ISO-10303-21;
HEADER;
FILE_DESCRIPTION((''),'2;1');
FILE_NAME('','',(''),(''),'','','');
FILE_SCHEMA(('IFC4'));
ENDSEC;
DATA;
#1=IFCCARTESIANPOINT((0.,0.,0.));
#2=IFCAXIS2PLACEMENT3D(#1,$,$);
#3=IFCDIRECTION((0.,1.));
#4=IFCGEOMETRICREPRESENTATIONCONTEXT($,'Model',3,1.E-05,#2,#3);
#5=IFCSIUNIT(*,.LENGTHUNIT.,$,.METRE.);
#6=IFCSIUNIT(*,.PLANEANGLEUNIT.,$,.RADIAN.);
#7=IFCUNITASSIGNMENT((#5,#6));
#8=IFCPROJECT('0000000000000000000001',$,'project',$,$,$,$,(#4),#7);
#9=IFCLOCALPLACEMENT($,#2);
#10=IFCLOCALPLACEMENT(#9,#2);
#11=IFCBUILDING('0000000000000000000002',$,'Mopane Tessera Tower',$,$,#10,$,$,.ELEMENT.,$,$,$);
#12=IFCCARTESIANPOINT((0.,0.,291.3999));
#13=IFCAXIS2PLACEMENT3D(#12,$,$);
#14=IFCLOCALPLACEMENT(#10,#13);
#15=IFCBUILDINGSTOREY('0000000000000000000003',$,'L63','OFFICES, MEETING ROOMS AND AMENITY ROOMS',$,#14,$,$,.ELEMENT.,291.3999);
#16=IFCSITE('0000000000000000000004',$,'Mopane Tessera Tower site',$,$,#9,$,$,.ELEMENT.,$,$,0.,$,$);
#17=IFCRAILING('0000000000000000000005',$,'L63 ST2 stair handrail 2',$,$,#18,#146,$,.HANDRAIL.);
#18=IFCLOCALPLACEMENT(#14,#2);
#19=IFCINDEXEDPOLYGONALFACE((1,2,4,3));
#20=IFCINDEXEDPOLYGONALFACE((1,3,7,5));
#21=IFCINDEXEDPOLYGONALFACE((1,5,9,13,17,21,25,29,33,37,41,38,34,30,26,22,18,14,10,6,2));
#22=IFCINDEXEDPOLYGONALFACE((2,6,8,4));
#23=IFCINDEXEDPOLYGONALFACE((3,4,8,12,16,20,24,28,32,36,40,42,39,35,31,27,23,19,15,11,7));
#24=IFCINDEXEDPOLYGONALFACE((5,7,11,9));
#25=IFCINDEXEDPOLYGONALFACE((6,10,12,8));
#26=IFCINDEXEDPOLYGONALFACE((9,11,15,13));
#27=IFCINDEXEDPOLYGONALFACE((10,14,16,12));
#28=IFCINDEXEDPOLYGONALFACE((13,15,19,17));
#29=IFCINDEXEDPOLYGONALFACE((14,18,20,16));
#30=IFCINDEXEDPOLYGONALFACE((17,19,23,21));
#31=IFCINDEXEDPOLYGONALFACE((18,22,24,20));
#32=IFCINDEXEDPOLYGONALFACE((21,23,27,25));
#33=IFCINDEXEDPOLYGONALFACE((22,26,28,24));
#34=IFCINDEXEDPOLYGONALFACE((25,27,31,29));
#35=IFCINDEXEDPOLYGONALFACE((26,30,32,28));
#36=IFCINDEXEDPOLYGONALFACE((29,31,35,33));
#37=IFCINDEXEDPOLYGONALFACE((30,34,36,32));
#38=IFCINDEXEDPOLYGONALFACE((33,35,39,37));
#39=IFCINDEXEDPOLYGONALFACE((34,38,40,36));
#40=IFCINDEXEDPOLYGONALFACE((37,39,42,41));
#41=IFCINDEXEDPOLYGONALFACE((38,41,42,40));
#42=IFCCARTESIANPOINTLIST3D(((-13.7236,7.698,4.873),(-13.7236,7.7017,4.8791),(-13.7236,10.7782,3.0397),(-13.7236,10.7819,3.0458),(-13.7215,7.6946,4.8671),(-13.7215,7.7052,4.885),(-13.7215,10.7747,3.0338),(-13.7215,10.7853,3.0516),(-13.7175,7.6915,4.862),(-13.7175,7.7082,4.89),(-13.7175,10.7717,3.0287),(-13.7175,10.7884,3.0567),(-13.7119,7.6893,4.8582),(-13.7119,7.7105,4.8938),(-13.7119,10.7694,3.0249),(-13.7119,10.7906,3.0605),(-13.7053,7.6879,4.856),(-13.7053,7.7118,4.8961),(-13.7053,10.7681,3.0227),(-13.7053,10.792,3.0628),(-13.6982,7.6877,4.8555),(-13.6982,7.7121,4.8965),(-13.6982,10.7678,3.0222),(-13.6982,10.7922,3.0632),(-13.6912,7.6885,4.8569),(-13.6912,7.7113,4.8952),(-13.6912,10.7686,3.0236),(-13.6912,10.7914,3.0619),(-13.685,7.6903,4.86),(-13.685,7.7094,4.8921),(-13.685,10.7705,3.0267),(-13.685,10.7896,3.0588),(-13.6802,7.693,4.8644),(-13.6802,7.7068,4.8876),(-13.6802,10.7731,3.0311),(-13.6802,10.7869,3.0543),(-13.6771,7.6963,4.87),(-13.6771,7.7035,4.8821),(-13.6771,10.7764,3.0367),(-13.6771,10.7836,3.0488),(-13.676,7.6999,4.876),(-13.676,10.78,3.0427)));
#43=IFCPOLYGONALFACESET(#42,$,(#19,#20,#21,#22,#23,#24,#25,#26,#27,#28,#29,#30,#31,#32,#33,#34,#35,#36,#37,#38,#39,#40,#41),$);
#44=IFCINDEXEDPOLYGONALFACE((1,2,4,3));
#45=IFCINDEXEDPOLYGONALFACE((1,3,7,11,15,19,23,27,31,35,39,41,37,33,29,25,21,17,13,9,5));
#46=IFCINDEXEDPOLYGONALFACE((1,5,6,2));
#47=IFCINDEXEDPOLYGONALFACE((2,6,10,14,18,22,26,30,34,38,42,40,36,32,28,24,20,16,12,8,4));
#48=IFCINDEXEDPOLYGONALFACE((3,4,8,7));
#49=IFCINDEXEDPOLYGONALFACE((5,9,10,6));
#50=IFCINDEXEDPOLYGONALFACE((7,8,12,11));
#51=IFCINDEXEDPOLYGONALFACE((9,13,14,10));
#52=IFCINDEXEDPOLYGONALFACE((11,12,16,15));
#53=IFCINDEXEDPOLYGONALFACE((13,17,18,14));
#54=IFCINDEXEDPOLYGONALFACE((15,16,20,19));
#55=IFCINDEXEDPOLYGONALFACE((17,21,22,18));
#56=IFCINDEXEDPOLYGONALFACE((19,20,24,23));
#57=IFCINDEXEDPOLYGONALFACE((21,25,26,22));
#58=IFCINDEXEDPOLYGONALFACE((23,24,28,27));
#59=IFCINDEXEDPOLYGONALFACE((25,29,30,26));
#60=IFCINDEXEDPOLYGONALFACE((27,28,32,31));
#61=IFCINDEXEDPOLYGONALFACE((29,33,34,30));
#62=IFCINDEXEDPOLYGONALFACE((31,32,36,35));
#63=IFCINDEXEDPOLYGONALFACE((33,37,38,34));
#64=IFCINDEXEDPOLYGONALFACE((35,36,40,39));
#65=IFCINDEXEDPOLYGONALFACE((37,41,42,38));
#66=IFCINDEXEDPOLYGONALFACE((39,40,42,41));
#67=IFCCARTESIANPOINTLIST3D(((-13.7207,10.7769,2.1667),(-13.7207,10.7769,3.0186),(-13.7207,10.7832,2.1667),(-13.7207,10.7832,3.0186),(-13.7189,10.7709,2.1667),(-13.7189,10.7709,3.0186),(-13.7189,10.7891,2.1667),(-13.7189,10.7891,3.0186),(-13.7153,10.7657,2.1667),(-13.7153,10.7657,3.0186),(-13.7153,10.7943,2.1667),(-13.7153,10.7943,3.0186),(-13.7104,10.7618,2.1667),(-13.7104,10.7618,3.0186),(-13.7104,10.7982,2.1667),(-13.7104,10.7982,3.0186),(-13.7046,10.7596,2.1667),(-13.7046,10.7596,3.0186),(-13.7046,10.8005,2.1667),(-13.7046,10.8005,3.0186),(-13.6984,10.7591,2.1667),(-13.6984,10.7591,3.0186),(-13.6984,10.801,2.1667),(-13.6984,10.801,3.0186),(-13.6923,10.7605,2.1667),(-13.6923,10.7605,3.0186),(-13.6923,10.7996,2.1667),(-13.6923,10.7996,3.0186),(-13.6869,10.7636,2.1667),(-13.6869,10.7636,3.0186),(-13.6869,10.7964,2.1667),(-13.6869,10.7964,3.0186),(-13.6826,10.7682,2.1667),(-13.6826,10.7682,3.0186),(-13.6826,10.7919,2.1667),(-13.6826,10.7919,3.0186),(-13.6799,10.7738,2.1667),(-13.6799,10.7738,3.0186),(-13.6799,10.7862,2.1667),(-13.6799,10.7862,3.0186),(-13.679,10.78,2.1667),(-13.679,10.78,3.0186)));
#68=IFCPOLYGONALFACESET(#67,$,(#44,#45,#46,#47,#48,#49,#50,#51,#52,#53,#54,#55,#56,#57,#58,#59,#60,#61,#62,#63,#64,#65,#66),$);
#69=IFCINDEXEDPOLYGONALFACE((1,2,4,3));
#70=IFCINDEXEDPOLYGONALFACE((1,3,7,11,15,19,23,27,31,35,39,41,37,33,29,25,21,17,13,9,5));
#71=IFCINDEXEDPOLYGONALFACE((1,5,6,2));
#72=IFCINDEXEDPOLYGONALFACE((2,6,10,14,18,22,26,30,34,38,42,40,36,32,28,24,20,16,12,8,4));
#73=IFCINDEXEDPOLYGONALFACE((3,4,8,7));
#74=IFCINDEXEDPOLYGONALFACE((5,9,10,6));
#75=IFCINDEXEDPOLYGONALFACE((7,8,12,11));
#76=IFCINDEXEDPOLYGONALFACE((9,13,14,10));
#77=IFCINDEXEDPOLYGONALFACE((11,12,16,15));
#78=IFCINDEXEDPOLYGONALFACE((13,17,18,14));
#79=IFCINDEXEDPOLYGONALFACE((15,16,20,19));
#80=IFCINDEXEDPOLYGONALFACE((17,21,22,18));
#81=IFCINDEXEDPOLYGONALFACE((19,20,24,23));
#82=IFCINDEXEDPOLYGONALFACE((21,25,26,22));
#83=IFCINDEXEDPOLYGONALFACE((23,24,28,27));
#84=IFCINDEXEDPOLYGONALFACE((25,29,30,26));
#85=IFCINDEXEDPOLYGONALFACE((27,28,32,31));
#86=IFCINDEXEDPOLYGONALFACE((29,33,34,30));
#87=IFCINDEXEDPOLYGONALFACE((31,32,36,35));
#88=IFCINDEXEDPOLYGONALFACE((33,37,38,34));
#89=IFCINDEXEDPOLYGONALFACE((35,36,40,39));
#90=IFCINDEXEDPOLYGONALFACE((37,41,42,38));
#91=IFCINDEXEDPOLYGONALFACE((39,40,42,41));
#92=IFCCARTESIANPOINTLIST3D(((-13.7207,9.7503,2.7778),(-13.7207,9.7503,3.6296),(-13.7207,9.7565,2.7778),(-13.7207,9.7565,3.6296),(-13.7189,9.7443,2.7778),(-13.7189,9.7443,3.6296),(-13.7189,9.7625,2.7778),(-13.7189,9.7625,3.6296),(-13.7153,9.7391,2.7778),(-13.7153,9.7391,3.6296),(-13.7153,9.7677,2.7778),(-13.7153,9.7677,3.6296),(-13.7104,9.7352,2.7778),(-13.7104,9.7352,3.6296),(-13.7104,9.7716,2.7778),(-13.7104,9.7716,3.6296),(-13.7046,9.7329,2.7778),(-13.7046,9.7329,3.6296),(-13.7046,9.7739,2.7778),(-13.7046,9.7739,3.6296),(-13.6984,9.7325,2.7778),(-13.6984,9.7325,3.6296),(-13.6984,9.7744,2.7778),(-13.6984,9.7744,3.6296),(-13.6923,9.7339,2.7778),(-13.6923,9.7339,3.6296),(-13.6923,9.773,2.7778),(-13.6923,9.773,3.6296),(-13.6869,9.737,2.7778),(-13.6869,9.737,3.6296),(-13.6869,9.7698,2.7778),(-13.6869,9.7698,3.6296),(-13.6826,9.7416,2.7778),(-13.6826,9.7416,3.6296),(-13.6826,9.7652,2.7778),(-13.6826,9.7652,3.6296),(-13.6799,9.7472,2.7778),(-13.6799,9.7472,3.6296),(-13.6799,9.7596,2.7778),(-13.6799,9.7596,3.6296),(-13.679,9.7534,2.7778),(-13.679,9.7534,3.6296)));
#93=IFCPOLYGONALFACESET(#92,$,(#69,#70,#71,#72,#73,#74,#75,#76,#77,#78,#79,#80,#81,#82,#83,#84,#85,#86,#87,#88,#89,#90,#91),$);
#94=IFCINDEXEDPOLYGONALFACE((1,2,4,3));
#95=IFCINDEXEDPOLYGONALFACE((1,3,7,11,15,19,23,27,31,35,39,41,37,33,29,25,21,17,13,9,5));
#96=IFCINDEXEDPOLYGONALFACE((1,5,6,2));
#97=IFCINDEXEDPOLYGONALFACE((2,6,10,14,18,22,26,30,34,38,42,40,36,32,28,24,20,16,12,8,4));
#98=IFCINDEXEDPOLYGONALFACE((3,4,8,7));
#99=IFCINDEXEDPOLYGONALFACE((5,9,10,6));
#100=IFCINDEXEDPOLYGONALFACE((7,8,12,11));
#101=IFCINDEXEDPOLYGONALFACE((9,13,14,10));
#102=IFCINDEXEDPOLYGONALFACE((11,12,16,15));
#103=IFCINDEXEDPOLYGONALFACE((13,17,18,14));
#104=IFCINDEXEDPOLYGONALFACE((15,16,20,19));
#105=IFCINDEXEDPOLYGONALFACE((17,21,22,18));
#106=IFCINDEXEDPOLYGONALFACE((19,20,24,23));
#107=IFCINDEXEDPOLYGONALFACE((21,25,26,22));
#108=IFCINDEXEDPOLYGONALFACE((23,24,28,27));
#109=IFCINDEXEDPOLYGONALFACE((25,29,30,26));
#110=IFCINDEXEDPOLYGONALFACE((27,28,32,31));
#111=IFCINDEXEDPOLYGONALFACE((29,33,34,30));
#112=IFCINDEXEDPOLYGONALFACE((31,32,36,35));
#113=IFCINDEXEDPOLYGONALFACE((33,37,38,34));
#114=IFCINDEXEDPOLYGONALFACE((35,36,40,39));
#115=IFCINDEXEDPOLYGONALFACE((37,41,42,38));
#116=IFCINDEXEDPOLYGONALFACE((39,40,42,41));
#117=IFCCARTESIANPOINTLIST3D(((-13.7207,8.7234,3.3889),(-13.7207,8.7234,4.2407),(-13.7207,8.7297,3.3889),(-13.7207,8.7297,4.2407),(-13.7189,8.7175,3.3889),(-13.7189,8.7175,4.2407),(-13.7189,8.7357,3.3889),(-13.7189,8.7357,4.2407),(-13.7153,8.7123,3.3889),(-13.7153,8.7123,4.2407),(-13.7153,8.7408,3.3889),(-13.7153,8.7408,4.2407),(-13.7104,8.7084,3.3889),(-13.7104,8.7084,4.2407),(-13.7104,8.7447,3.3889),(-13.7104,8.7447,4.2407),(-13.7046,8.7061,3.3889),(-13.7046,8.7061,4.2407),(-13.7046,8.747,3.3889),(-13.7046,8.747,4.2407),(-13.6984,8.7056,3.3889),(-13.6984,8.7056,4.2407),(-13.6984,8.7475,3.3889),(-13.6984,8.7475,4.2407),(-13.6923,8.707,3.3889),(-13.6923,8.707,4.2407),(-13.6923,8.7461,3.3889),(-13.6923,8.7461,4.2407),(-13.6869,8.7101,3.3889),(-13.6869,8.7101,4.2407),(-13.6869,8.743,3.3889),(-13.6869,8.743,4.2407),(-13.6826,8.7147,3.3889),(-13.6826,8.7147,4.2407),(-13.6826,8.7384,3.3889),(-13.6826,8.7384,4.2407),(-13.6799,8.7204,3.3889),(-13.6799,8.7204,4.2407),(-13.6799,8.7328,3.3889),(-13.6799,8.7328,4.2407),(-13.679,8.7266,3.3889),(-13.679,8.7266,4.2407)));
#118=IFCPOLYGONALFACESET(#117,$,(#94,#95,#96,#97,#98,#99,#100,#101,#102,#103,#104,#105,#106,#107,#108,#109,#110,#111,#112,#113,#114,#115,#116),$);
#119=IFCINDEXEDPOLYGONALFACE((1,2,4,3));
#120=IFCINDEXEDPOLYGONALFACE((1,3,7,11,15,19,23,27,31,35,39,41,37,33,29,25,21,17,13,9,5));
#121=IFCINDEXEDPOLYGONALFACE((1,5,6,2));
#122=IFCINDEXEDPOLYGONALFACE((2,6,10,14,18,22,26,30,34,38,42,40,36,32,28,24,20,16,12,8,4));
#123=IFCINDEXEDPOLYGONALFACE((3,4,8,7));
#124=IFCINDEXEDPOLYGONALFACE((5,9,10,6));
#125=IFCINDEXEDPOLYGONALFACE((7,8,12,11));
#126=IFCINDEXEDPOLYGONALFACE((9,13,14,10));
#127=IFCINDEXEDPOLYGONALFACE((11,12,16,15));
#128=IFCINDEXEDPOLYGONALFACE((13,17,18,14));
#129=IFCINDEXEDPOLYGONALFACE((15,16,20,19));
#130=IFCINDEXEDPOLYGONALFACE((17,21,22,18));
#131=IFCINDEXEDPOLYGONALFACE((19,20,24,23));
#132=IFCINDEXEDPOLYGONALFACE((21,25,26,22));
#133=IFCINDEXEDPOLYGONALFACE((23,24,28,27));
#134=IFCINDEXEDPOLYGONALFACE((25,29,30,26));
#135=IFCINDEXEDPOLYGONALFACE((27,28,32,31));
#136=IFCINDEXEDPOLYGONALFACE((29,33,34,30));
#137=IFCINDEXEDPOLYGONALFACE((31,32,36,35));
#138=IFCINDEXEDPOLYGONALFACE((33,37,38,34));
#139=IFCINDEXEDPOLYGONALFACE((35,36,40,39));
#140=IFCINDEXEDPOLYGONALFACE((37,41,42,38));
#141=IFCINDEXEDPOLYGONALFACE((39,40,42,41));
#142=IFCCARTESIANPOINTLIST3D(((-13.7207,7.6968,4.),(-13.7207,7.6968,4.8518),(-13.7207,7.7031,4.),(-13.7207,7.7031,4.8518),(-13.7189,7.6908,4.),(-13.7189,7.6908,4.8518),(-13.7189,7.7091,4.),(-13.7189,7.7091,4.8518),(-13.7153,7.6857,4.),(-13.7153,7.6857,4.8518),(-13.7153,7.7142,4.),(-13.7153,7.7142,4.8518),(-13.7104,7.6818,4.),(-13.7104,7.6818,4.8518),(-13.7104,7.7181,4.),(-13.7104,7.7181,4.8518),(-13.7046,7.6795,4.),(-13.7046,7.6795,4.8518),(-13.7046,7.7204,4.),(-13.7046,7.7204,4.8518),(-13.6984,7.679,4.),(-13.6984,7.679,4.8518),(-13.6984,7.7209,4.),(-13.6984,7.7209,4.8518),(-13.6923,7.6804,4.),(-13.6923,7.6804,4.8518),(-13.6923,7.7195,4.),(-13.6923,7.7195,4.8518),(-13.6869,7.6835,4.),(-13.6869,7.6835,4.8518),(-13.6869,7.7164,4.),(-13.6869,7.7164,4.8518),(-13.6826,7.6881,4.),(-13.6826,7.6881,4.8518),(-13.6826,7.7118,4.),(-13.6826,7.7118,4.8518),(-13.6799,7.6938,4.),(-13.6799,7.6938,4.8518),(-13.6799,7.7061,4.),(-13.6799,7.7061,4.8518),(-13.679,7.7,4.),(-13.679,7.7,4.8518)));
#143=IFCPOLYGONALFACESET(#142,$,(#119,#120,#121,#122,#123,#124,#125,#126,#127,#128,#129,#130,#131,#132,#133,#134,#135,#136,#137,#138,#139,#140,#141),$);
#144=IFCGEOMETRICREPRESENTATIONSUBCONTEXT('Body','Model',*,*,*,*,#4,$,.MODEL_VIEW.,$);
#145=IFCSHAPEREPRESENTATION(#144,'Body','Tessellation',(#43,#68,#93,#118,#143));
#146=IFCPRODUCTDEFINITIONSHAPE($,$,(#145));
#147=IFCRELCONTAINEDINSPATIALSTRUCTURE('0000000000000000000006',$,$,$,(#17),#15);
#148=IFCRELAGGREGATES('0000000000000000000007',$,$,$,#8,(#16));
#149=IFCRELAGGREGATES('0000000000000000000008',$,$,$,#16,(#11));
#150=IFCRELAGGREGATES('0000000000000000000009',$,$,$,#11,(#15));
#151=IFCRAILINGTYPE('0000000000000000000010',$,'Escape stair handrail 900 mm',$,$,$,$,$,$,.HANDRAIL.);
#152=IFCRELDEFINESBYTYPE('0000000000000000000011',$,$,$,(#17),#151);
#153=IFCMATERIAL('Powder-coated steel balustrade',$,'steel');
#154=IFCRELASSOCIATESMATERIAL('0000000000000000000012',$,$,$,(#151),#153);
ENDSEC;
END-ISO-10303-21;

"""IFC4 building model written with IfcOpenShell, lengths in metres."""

from ifc_helpers import new_model, si_unit, direction, frame, origin, origin_2d, place, context, subcontext, project, spatial, circle, extrude, material, type_object, element, save


model = new_model("IFC4")

# Units and contexts
model_context = context("Model", 3, precision=1e-05, world=origin(), true_north=direction((0.0, 1.0)))
body_context = subcontext(model_context, "Body", "Model", "MODEL_VIEW")
ifc_project = project(units=[si_unit("LENGTHUNIT", "METRE"), si_unit("PLANEANGLEUNIT", "RADIAN")], contexts=[model_context])

# Site, building, storey
site_placement = place(None, origin())
site = spatial("IfcSite", under=ifc_project, at=site_placement, Name="Mopane Tessera Tower site", CompositionType="ELEMENT", RefElevation=0.0)
building_placement = place(site_placement, origin())
building = spatial("IfcBuilding", under=site, at=building_placement, Name="Mopane Tessera Tower", CompositionType="ELEMENT")
storey_placement = place(building_placement, frame((0.0, 0.0, 291.3999)))
storey = spatial("IfcBuildingStorey", under=building, at=storey_placement, Name="L63", Description="OFFICES, MEETING ROOMS AND AMENITY ROOMS", CompositionType="ELEMENT", Elevation=291.3999)

# Railing
ifc_material_1 = material(Name="Powder-coated steel balustrade", Category="steel")
railing_type_1 = type_object("IfcRailingType", Name="Escape stair handrail 900 mm", PredefinedType="HANDRAIL", material=ifc_material_1)
railing_1_placement = place(storey_placement, frame((-13.7, 10.78, 2.1667)))
element("IfcRailing", 1, at=railing_1_placement, inside=storey, type_object=railing_type_1, Name="L63 ST2 stair handrail 2", PredefinedType="HANDRAIL", context=body_context, shape_type="SweptSolid", body=[
    extrude(circle(Radius=0.0239, at=origin_2d()), frame((0.0, 0.0, 0.876), z_axis=(0.0, -0.859309, 0.511458), x_axis=(1.0, 0.0, 0.0)), (0.0, 0.0, 1.0), 3.5845),
    extrude(circle(Radius=0.021, at=origin_2d()), origin(), (0.0, 0.0, 1.0), 0.8518),
    extrude(circle(Radius=0.021, at=origin_2d()), frame((0.0, -1.0266, 0.6111)), (0.0, 0.0, 1.0), 0.8518),
    extrude(circle(Radius=0.021, at=origin_2d()), frame((0.0, -2.0535, 1.2222)), (0.0, 0.0, 1.0), 0.8518),
    extrude(circle(Radius=0.021, at=origin_2d()), frame((0.0, -3.0801, 1.8333)), (0.0, 0.0, 1.0), 0.8518),
])

save(model, "model.ifc")
